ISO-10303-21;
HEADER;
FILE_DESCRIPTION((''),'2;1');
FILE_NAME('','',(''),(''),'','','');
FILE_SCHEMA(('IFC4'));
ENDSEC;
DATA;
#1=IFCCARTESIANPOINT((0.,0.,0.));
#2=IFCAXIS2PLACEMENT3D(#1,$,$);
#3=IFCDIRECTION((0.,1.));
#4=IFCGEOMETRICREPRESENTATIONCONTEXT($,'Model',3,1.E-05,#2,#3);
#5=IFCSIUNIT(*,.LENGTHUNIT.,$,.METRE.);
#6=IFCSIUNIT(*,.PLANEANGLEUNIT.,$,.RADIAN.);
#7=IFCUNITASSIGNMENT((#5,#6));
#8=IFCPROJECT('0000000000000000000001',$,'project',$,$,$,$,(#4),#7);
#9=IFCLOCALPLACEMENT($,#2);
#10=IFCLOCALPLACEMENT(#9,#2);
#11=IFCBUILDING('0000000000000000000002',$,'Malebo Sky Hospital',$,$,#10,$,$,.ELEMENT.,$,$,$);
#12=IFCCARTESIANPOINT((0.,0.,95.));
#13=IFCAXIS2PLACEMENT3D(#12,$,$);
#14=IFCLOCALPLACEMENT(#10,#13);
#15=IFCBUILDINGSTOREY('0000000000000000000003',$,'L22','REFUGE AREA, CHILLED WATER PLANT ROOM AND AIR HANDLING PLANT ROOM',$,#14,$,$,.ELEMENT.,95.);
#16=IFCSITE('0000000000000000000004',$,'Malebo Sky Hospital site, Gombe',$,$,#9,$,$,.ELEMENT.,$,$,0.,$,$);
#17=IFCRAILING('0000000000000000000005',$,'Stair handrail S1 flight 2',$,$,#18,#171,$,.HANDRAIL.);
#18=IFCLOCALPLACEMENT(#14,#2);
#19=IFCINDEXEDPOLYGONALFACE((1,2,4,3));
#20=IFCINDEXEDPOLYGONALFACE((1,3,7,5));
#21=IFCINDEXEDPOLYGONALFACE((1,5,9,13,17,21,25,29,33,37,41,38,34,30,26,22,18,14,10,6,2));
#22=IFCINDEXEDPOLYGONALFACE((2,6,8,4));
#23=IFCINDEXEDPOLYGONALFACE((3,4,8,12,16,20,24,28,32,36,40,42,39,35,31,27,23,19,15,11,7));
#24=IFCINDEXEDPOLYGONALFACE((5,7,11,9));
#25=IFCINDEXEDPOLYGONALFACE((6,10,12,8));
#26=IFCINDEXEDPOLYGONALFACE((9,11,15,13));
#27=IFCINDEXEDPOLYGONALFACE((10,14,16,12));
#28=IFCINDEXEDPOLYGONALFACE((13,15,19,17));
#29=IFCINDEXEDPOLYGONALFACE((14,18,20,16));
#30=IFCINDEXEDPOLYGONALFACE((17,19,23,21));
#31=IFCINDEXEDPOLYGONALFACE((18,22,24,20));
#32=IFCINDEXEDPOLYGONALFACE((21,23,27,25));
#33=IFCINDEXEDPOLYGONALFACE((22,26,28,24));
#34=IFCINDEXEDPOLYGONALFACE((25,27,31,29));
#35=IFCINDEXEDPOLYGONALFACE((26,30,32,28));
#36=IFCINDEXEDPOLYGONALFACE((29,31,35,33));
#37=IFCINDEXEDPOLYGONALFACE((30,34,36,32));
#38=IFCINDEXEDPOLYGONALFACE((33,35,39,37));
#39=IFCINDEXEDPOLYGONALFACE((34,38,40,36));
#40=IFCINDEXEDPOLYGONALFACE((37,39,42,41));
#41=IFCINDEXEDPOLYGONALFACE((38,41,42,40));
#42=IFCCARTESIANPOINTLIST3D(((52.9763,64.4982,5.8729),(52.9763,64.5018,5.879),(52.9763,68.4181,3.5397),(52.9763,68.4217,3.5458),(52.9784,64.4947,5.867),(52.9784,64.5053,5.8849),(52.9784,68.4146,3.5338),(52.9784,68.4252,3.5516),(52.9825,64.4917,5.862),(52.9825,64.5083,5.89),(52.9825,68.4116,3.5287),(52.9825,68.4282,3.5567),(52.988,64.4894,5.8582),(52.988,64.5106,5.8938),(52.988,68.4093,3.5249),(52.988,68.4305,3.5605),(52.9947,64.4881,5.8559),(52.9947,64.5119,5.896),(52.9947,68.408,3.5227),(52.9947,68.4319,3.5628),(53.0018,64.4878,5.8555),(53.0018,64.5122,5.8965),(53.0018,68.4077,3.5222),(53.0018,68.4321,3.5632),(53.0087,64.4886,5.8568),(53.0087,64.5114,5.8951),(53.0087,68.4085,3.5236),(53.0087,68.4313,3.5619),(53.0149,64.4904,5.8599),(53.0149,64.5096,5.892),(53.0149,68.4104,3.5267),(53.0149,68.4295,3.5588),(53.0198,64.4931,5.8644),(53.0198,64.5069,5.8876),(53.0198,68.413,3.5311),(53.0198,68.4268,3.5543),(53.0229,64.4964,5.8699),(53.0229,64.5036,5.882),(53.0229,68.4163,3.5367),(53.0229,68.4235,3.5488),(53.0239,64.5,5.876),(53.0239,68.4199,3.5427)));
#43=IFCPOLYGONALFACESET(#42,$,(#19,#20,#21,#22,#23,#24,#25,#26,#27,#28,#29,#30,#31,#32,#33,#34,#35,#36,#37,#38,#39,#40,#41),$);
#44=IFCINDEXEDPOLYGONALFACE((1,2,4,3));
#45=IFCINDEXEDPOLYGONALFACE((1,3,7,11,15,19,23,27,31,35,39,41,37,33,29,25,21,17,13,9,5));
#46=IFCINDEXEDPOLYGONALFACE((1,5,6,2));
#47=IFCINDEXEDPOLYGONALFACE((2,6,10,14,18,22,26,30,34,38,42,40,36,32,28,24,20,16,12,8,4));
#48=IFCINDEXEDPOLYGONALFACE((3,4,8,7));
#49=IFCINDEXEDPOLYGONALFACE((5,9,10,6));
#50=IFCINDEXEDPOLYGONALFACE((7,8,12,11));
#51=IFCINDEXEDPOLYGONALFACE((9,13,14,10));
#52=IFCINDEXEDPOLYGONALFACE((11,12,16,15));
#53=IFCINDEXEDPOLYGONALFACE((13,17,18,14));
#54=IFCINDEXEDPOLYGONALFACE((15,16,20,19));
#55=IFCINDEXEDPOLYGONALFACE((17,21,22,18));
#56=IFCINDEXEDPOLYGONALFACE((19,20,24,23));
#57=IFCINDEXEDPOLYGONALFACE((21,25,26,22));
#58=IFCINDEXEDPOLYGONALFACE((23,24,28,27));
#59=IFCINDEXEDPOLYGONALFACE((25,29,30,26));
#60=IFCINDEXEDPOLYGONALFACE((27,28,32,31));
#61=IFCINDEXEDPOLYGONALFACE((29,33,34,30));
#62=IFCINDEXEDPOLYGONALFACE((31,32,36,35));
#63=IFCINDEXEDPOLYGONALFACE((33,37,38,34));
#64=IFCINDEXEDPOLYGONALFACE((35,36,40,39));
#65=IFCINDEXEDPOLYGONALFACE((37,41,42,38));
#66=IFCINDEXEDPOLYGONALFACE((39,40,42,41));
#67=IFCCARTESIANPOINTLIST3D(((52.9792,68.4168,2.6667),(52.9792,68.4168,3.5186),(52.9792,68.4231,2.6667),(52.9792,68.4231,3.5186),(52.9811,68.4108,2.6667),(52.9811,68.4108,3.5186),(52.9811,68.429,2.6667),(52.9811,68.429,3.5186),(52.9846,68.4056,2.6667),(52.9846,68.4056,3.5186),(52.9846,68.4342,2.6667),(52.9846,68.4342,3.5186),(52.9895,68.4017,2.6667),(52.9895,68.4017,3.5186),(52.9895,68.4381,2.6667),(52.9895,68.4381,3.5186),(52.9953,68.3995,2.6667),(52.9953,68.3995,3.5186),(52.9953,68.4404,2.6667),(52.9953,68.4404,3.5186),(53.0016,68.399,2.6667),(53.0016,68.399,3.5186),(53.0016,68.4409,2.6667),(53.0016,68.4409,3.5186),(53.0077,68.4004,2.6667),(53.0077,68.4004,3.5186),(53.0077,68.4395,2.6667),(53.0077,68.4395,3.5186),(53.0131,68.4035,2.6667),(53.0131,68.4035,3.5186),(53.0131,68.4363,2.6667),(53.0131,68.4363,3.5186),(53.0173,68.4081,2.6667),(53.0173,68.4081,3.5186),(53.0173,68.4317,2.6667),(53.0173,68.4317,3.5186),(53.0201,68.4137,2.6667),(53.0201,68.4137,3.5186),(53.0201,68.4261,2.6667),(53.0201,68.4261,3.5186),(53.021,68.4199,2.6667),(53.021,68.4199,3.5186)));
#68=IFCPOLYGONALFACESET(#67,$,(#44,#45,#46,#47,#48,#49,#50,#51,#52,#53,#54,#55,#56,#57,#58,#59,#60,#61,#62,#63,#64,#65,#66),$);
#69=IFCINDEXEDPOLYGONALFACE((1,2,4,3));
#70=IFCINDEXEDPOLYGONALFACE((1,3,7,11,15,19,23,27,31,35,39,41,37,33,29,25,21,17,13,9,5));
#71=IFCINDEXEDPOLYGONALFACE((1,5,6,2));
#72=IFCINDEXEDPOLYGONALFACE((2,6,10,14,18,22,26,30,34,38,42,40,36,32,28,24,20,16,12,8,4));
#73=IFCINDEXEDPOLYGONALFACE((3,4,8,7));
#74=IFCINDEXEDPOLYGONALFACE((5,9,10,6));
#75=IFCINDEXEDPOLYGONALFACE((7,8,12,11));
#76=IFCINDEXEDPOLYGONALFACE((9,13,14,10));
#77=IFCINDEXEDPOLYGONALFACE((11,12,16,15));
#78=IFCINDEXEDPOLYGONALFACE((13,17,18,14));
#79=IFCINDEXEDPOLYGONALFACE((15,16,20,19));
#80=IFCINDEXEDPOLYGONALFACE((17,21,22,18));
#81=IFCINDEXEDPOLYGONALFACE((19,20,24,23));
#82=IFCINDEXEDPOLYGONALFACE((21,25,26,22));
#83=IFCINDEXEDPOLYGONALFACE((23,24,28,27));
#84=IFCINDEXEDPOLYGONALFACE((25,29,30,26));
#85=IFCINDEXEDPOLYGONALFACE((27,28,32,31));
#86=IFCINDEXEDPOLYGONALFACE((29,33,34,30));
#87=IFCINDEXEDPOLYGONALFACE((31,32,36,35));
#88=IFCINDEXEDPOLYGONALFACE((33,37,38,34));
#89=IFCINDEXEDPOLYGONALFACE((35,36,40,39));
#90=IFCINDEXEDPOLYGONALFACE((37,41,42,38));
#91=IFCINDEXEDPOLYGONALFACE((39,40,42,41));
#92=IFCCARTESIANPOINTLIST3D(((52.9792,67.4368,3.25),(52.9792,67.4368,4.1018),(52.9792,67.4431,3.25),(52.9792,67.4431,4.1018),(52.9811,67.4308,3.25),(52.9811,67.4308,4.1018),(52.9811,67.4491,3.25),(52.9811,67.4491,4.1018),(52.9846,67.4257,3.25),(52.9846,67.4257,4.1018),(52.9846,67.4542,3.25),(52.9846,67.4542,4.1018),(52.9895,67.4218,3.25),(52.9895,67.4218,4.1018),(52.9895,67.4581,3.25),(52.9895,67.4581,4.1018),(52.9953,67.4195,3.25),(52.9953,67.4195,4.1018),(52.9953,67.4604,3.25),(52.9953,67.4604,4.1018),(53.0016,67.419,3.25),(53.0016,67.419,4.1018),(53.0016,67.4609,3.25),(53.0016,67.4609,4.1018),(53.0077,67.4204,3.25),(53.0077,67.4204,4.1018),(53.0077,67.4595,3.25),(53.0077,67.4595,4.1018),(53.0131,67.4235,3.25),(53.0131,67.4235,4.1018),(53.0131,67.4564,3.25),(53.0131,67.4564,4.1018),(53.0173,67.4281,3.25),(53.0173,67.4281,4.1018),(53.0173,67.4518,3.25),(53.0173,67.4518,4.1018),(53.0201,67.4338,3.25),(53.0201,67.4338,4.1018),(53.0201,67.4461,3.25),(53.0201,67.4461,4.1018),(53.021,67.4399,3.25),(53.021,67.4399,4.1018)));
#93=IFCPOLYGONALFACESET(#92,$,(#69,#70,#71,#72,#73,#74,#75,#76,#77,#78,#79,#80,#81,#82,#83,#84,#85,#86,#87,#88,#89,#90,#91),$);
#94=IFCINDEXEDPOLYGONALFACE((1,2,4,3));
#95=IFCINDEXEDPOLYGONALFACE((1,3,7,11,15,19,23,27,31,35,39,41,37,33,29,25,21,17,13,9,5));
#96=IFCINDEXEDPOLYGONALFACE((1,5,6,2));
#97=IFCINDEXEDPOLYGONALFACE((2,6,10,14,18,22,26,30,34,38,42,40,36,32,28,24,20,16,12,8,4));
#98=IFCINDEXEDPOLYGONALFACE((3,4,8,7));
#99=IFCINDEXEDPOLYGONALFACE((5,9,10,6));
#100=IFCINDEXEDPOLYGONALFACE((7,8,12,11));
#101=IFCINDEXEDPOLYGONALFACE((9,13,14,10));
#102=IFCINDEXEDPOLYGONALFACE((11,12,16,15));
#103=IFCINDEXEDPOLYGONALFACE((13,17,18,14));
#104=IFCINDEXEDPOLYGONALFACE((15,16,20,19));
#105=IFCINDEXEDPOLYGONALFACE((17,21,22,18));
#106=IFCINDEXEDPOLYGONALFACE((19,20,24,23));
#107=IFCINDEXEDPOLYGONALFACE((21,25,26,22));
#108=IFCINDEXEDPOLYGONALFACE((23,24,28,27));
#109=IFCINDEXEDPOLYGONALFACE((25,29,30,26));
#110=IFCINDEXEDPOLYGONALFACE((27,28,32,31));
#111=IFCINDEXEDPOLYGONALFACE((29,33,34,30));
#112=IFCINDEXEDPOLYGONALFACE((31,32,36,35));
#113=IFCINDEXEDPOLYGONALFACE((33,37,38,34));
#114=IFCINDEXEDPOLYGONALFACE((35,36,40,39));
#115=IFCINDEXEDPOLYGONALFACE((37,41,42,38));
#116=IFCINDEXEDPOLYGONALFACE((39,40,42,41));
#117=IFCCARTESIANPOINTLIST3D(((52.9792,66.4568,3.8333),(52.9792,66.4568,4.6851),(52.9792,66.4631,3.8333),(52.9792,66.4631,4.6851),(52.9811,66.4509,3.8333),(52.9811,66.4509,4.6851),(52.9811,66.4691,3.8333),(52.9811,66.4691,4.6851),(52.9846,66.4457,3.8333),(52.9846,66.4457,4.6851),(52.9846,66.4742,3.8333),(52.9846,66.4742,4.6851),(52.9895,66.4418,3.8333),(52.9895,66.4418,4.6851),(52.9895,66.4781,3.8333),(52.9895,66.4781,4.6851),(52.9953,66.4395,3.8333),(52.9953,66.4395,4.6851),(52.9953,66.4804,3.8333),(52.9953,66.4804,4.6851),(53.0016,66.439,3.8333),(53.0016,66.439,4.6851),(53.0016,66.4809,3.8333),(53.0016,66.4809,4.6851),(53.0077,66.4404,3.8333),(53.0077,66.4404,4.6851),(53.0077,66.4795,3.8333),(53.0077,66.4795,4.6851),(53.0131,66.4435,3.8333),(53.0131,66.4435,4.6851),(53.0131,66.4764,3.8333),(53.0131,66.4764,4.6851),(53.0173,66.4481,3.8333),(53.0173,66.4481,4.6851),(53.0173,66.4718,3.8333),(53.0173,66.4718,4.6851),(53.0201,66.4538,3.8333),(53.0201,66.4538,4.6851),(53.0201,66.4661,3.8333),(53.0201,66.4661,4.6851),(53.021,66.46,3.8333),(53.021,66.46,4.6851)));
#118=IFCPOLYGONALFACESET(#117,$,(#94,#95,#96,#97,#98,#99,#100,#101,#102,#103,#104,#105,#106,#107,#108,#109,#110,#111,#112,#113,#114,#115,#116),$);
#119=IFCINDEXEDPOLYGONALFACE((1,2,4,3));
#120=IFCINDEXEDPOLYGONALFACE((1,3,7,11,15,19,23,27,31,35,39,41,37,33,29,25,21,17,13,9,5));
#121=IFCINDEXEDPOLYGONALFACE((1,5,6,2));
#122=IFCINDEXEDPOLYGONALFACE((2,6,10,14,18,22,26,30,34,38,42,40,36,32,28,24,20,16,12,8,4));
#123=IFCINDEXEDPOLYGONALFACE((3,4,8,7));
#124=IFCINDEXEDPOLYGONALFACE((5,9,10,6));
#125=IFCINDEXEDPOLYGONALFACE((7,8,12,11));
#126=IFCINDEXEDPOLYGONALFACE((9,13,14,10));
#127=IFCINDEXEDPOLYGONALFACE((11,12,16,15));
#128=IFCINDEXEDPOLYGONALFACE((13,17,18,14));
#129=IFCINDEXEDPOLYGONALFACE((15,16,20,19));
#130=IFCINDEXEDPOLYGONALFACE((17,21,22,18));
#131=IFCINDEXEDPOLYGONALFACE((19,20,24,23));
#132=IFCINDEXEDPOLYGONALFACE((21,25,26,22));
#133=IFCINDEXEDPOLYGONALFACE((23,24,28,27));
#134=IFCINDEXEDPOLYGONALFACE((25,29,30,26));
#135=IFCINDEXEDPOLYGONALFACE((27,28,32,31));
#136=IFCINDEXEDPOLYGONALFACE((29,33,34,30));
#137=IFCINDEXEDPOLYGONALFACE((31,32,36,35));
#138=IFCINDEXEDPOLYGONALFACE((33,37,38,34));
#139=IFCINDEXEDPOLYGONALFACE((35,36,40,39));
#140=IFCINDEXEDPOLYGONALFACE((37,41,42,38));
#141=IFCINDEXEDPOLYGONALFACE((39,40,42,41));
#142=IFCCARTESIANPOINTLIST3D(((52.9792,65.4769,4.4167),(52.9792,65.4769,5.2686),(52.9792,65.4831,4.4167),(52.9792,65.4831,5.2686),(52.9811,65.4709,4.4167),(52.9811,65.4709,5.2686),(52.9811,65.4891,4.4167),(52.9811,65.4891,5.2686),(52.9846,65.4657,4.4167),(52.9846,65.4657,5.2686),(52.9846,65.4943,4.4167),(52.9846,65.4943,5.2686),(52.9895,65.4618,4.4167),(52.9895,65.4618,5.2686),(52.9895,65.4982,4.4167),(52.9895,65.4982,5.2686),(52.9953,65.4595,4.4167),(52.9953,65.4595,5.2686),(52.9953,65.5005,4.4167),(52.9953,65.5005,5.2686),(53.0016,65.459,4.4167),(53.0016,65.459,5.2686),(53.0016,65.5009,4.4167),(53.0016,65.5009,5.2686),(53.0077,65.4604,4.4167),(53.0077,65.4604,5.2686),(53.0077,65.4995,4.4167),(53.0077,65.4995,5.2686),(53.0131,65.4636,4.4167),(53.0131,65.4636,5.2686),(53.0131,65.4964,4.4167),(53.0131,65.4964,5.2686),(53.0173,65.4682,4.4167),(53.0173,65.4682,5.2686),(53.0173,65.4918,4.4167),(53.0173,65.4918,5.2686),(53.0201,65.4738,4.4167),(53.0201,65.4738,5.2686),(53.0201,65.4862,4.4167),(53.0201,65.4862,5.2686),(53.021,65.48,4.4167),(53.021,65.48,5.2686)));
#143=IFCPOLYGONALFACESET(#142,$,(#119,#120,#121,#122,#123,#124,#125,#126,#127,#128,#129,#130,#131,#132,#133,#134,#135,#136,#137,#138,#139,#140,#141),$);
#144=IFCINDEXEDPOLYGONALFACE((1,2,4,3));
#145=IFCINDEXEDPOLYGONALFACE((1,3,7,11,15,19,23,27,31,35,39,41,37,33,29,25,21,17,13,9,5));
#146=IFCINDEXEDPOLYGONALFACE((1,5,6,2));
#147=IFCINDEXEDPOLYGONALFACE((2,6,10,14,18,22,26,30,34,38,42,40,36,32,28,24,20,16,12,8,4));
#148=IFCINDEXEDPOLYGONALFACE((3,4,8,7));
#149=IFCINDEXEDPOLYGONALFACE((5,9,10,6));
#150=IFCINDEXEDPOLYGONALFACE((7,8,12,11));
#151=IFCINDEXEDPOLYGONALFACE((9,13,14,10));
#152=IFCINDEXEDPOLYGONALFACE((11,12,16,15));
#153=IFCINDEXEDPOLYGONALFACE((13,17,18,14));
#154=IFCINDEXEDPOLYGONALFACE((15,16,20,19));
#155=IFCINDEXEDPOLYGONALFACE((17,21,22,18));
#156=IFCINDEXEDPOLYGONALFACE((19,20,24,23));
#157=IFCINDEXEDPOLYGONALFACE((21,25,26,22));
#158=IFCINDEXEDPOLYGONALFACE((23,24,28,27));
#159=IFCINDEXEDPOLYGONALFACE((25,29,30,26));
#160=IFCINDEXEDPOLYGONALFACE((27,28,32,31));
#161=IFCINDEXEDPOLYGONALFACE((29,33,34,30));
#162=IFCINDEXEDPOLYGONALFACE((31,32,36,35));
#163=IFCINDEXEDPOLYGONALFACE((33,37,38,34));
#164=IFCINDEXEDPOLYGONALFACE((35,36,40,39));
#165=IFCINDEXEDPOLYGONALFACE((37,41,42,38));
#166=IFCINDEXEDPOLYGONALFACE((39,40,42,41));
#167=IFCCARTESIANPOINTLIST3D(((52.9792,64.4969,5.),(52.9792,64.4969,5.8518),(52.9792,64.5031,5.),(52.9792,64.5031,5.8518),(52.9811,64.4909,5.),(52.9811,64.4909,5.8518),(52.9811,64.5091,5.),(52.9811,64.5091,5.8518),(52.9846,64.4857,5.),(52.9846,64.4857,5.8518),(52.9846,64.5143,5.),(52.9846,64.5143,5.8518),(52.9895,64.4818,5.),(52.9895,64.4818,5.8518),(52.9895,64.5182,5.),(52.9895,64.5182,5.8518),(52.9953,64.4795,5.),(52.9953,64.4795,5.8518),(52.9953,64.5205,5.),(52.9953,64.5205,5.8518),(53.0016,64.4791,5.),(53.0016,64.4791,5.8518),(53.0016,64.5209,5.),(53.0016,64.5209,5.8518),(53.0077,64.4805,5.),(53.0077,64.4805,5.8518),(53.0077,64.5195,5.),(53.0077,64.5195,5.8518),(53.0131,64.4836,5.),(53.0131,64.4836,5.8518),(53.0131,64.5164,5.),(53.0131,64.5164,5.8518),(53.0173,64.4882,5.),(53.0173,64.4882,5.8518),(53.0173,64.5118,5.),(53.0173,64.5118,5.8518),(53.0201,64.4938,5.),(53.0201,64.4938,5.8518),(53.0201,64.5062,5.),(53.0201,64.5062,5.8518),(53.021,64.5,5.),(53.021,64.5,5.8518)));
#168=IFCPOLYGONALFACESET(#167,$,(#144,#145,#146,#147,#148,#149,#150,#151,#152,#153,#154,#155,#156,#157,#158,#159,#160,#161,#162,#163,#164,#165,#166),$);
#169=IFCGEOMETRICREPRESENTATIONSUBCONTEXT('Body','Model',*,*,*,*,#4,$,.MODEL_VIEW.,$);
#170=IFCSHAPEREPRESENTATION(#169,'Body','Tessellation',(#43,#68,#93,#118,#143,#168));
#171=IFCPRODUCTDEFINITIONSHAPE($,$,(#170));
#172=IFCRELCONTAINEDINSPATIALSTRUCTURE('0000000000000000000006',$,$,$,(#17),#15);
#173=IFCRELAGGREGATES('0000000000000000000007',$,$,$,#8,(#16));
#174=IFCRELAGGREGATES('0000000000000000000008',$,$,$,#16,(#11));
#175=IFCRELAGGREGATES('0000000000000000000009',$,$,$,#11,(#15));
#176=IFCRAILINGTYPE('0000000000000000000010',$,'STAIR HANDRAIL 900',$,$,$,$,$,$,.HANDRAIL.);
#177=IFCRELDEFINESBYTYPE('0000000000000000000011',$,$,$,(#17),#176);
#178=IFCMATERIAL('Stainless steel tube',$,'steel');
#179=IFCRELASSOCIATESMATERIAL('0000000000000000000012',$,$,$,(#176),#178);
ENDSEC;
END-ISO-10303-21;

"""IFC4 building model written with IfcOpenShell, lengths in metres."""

from ifc_helpers import new_model, si_unit, direction, frame, origin, origin_2d, place, context, subcontext, project, spatial, circle, extrude, material, type_object, element, save


model = new_model("IFC4")

# Units and contexts
model_context = context("Model", 3, precision=1e-05, world=origin(), true_north=direction((0.0, 1.0)))
body_context = subcontext(model_context, "Body", "Model", "MODEL_VIEW")
ifc_project = project(units=[si_unit("LENGTHUNIT", "METRE"), si_unit("PLANEANGLEUNIT", "RADIAN")], contexts=[model_context])

# Site, building, storey
site_placement = place(None, origin())
site = spatial("IfcSite", under=ifc_project, at=site_placement, Name="Malebo Sky Hospital site, Gombe", CompositionType="ELEMENT", RefElevation=0.0)
building_placement = place(site_placement, origin())
building = spatial("IfcBuilding", under=site, at=building_placement, Name="Malebo Sky Hospital", CompositionType="ELEMENT")
storey_placement = place(building_placement, frame((0.0, 0.0, 95.0)))
storey = spatial("IfcBuildingStorey", under=building, at=storey_placement, Name="L22", Description="REFUGE AREA, CHILLED WATER PLANT ROOM AND AIR HANDLING PLANT ROOM", CompositionType="ELEMENT", Elevation=95.0)

# Railing
ifc_material_1 = material(Name="Stainless steel tube", Category="steel")
railing_type = type_object("IfcRailingType", Name="STAIR HANDRAIL 900", PredefinedType="HANDRAIL", material=ifc_material_1)
railing_1_placement = place(storey_placement, frame((53.0, 68.4199, 2.6667)))
element("IfcRailing", 1, at=railing_1_placement, inside=storey, type_object=railing_type, Name="Stair handrail S1 flight 2", PredefinedType="HANDRAIL", context=body_context, shape_type="SweptSolid", body=[
    extrude(circle(Radius=0.0239, at=origin_2d()), frame((0.0, 0.0, 0.876), z_axis=(0.0, -0.859296, 0.511478), x_axis=(1.0, 0.0, 0.0)), (0.0, 0.0, 1.0), 4.5618),
    extrude(circle(Radius=0.021, at=origin_2d()), origin(), (0.0, 0.0, 1.0), 0.8518),
    extrude(circle(Radius=0.021, at=origin_2d()), frame((0.0, -0.98, 0.5833)), (0.0, 0.0, 1.0), 0.8518),
    extrude(circle(Radius=0.021, at=origin_2d()), frame((0.0, -1.96, 1.1665)), (0.0, 0.0, 1.0), 0.8518),
    extrude(circle(Radius=0.021, at=origin_2d()), frame((0.0, -2.9399, 1.75)), (0.0, 0.0, 1.0), 0.8518),
    extrude(circle(Radius=0.021, at=origin_2d()), frame((0.0, -3.9199, 2.3333)), (0.0, 0.0, 1.0), 0.8518),
])

save(model, "model.ifc")
